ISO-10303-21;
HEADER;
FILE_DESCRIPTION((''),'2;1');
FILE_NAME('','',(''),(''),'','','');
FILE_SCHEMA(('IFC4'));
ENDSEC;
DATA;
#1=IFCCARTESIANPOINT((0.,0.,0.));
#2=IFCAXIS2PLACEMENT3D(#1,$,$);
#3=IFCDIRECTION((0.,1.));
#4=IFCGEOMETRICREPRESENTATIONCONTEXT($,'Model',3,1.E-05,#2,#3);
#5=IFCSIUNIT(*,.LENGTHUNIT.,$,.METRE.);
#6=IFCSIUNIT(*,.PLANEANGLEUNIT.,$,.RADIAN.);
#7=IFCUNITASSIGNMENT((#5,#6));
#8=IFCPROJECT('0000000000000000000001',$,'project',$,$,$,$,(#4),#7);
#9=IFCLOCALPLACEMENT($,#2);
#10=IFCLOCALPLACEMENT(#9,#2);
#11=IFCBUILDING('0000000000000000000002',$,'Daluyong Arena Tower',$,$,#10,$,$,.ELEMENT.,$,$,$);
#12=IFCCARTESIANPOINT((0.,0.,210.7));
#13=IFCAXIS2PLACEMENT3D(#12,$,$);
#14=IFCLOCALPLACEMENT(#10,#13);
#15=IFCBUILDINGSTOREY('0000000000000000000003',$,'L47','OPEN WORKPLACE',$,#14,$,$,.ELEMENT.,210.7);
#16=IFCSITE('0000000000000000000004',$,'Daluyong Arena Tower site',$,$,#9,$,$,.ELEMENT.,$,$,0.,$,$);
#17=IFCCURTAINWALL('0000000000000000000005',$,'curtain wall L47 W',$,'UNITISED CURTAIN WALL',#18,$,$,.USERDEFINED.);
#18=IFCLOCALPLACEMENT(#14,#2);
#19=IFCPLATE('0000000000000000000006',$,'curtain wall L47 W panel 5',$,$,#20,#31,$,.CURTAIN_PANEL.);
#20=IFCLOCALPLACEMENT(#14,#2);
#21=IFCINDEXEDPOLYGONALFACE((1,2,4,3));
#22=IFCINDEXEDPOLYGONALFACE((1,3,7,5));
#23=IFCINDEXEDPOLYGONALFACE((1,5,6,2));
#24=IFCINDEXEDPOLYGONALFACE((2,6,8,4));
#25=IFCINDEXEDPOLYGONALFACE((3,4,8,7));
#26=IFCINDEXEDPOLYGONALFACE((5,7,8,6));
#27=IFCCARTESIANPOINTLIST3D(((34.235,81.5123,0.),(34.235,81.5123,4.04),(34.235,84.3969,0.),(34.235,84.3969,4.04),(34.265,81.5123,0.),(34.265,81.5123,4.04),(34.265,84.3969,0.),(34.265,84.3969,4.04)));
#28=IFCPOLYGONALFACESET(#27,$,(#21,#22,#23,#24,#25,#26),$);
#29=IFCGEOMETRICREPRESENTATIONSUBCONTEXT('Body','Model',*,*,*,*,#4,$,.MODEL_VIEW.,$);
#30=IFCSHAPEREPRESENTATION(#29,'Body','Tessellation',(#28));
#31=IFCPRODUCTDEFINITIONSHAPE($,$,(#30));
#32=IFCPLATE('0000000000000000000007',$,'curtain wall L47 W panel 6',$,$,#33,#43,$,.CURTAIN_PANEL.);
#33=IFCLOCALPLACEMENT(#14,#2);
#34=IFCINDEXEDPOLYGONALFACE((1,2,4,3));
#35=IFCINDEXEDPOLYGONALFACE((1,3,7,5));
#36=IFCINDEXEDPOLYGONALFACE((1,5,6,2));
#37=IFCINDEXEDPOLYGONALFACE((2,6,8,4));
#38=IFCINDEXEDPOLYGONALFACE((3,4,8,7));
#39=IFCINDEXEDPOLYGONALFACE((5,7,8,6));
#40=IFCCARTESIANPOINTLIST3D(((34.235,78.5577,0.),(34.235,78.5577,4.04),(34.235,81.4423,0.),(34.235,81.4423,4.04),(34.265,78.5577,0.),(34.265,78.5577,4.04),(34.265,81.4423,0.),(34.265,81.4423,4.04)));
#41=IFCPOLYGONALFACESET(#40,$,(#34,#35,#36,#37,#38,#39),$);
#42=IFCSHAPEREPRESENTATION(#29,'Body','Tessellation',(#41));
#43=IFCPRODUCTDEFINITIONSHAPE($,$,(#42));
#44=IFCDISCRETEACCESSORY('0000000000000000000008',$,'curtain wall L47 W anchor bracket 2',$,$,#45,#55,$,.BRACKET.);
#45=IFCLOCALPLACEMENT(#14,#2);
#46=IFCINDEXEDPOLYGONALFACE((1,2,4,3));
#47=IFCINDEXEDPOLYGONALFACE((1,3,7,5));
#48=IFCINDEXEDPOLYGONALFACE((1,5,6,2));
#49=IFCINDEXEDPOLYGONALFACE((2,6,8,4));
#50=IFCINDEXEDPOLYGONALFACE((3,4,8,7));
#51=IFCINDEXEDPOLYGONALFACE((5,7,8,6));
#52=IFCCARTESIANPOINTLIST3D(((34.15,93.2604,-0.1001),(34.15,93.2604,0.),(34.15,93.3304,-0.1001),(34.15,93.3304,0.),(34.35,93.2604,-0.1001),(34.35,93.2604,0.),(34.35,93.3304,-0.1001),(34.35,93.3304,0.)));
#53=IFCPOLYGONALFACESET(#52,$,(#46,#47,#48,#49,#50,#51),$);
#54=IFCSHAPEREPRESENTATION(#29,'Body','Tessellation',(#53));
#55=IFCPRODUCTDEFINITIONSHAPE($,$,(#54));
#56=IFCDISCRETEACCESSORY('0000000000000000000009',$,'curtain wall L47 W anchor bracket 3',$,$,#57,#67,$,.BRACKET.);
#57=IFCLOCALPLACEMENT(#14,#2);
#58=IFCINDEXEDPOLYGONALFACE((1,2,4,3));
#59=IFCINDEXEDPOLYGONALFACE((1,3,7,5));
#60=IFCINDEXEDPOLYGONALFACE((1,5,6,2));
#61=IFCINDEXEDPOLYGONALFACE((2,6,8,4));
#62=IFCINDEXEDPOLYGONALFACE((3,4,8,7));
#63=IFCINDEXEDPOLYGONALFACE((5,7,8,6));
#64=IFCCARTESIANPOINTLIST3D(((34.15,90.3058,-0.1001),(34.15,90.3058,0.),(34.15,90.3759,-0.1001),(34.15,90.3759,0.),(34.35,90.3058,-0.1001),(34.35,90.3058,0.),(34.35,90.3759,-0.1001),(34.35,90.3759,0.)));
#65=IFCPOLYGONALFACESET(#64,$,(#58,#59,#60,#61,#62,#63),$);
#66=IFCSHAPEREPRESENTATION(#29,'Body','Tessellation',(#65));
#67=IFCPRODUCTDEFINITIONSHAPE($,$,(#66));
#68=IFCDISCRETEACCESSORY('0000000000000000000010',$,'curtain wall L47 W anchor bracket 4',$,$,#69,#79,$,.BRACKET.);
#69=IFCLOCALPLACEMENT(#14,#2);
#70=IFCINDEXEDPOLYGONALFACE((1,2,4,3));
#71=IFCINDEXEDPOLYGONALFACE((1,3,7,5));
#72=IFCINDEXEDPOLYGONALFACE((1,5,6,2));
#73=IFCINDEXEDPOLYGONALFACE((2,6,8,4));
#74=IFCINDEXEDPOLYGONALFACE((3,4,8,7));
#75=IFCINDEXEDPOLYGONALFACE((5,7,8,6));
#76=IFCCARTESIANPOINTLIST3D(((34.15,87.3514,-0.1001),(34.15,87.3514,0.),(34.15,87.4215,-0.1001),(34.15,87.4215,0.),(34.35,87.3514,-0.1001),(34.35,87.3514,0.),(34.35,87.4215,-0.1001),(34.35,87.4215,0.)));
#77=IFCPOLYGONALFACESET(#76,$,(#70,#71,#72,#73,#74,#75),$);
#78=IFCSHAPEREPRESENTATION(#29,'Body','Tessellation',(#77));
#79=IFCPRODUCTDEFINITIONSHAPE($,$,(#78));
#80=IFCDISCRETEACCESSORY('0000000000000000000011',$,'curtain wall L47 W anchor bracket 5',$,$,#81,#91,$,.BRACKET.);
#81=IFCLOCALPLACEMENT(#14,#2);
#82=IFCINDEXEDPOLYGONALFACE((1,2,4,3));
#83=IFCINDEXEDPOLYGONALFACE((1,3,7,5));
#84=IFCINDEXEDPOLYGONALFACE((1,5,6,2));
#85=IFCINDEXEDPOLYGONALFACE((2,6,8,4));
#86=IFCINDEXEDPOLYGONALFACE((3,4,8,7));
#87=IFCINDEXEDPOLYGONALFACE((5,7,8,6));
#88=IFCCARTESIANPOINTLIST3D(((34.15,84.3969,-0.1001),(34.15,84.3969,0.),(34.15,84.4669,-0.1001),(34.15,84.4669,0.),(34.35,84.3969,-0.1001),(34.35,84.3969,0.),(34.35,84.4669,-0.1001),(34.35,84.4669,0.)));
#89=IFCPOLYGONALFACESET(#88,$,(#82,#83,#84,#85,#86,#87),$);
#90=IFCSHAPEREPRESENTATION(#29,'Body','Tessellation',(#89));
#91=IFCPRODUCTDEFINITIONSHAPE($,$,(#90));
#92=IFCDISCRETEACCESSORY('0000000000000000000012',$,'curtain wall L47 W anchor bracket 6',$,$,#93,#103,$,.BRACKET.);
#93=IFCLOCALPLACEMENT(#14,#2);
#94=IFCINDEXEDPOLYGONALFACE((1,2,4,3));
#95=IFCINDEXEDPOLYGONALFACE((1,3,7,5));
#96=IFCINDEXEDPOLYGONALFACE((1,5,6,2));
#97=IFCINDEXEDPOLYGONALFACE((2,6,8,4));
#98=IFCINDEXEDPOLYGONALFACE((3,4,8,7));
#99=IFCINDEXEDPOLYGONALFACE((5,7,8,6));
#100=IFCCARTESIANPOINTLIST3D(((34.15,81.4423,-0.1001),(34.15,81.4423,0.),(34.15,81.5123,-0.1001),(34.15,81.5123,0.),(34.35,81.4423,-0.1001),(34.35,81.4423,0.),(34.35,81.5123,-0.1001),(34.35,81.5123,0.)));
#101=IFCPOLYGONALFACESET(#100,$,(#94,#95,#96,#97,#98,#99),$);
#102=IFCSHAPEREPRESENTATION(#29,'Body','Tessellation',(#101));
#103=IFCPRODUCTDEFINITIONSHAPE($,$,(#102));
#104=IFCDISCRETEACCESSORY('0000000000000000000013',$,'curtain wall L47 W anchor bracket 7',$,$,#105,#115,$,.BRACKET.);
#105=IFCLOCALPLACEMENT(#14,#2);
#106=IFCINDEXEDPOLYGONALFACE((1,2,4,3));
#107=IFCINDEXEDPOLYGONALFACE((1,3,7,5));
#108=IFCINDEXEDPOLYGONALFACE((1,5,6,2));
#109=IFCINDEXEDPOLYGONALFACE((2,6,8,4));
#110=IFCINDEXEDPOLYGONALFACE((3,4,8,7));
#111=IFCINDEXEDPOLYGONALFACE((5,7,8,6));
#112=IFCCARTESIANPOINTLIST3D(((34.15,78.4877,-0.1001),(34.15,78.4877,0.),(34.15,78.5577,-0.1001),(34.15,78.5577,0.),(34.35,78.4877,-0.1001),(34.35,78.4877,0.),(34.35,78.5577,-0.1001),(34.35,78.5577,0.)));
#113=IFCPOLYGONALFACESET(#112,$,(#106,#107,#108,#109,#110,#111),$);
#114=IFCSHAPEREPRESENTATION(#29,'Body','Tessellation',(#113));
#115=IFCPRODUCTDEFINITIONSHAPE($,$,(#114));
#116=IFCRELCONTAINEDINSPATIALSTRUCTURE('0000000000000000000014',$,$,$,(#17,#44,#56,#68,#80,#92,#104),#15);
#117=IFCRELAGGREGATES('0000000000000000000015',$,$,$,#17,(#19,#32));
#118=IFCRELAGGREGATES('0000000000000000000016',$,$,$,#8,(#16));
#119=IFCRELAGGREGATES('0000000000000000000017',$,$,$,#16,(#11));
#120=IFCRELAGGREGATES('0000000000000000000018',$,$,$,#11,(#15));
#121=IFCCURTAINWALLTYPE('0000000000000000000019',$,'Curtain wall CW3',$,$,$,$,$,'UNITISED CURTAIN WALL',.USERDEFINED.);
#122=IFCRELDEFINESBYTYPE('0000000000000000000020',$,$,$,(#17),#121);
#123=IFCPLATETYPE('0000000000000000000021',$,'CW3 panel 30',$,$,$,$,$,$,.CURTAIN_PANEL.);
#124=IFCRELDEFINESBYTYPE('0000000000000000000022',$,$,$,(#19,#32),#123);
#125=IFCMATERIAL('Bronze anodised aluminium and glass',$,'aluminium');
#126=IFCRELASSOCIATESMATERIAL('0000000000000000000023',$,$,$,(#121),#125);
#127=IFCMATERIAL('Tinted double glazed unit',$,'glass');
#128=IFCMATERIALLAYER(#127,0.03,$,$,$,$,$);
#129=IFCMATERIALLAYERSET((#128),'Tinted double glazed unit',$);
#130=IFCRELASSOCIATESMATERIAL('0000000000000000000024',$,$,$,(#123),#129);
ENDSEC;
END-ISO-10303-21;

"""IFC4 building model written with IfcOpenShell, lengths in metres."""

from ifc_helpers import new_model, si_unit, direction, frame, origin, origin_2d, place, context, subcontext, project, spatial, rectangle, extrude, material, layer, layer_set, type_object, element, aggregate, save


model = new_model("IFC4")

# Units and contexts
model_context = context("Model", 3, precision=1e-05, world=origin(), true_north=direction((0.0, 1.0)))
body_context = subcontext(model_context, "Body", "Model", "MODEL_VIEW")
ifc_project = project(units=[si_unit("LENGTHUNIT", "METRE"), si_unit("PLANEANGLEUNIT", "RADIAN")], contexts=[model_context])

# Site, building, storey
site_placement = place(None, origin())
site = spatial("IfcSite", under=ifc_project, at=site_placement, Name="Daluyong Arena Tower site", CompositionType="ELEMENT", RefElevation=0.0)
building_placement = place(site_placement, origin())
building = spatial("IfcBuilding", under=site, at=building_placement, Name="Daluyong Arena Tower", CompositionType="ELEMENT")
storey_placement = place(building_placement, frame((0.0, 0.0, 210.7)))
storey = spatial("IfcBuildingStorey", under=building, at=storey_placement, Name="L47", Description="OPEN WORKPLACE", CompositionType="ELEMENT", Elevation=210.7)

# Curtain wall
ifc_material_1 = material(Name="Bronze anodised aluminium and glass", Category="aluminium")
curtain_wall_type = type_object("IfcCurtainWallType", Name="Curtain wall CW3", ElementType="UNITISED CURTAIN WALL", PredefinedType="USERDEFINED", material=ifc_material_1)
curtain_wall_placement = place(storey_placement, origin())
curtain_wall = element("IfcCurtainWall", 1, at=curtain_wall_placement, inside=storey, type_object=curtain_wall_type, Name="curtain wall L47 W", ObjectType="UNITISED CURTAIN WALL", PredefinedType="USERDEFINED")

# Plates
ifc_material_2 = material(Name="Tinted double glazed unit", Category="glass")
ifc_layer = layer(ifc_material_2, 0.03)
ifc_layer_set = layer_set([ifc_layer], Name="Tinted double glazed unit")
plate_type = type_object("IfcPlateType", Name="CW3 panel 30", PredefinedType="CURTAIN_PANEL", material=ifc_layer_set)
plate_1_placement = place(storey_placement, frame((34.25, 82.9546, 0.0), z_axis=(0.0, 0.0, 1.0), x_axis=(0.0, -1.0, 0.0)))
plate_1 = element("IfcPlate", 2, at=plate_1_placement, type_object=plate_type, Name="curtain wall L47 W panel 5", PredefinedType="CURTAIN_PANEL", context=body_context, shape_type="SweptSolid", body=[
    extrude(rectangle(XDim=2.8845, YDim=0.03, at=origin_2d()), origin(), (0.0, 0.0, 1.0), 4.04),
])
plate_2_placement = place(storey_placement, frame((34.25, 80.0, 0.0), z_axis=(0.0, 0.0, 1.0), x_axis=(0.0, -1.0, 0.0)))
plate_2 = element("IfcPlate", 3, at=plate_2_placement, type_object=plate_type, Name="curtain wall L47 W panel 6", PredefinedType="CURTAIN_PANEL", context=body_context, shape_type="SweptSolid", body=[
    extrude(rectangle(XDim=2.8845, YDim=0.03, at=origin_2d()), origin(), (0.0, 0.0, 1.0), 4.04),
])
aggregate(curtain_wall, [plate_1, plate_2])

# Discrete accessories
for number, where, z_axis, x_axis, name in (
    (4, (34.25, 93.2954, -0.1001), (0.0, 0.0, 1.0), (0.0, -1.0, 0.0), "curtain wall L47 W anchor bracket 2"),
    (5, (34.25, 90.3408, -0.1001), (0.0, 0.0, 1.0), (0.0, -1.0, 0.0), "curtain wall L47 W anchor bracket 3"),
    (6, (34.25, 87.3865, -0.1001), (0.0, 0.0, 1.0), (0.0, -1.0, 0.0), "curtain wall L47 W anchor bracket 4"),
    (7, (34.25, 84.4319, -0.1001), (0.0, 0.0, 1.0), (0.0, -1.0, 0.0), "curtain wall L47 W anchor bracket 5"),
    (8, (34.25, 81.4773, -0.1001), (0.0, 0.0, 1.0), (0.0, -1.0, 0.0), "curtain wall L47 W anchor bracket 6"),
    (9, (34.25, 78.5227, -0.1001), (0.0, 0.0, 1.0), (0.0, -1.0, 0.0), "curtain wall L47 W anchor bracket 7"),
):
    element("IfcDiscreteAccessory", number, at=place(storey_placement, frame(where, z_axis=z_axis, x_axis=x_axis)), inside=storey, Name=name, PredefinedType="BRACKET", context=body_context, shape_type="SweptSolid", body=[
        extrude(rectangle(XDim=0.0701, YDim=0.2, at=origin_2d()), origin(), (0.0, 0.0, 1.0), 0.1001),
    ])

save(model, "model.ifc")
